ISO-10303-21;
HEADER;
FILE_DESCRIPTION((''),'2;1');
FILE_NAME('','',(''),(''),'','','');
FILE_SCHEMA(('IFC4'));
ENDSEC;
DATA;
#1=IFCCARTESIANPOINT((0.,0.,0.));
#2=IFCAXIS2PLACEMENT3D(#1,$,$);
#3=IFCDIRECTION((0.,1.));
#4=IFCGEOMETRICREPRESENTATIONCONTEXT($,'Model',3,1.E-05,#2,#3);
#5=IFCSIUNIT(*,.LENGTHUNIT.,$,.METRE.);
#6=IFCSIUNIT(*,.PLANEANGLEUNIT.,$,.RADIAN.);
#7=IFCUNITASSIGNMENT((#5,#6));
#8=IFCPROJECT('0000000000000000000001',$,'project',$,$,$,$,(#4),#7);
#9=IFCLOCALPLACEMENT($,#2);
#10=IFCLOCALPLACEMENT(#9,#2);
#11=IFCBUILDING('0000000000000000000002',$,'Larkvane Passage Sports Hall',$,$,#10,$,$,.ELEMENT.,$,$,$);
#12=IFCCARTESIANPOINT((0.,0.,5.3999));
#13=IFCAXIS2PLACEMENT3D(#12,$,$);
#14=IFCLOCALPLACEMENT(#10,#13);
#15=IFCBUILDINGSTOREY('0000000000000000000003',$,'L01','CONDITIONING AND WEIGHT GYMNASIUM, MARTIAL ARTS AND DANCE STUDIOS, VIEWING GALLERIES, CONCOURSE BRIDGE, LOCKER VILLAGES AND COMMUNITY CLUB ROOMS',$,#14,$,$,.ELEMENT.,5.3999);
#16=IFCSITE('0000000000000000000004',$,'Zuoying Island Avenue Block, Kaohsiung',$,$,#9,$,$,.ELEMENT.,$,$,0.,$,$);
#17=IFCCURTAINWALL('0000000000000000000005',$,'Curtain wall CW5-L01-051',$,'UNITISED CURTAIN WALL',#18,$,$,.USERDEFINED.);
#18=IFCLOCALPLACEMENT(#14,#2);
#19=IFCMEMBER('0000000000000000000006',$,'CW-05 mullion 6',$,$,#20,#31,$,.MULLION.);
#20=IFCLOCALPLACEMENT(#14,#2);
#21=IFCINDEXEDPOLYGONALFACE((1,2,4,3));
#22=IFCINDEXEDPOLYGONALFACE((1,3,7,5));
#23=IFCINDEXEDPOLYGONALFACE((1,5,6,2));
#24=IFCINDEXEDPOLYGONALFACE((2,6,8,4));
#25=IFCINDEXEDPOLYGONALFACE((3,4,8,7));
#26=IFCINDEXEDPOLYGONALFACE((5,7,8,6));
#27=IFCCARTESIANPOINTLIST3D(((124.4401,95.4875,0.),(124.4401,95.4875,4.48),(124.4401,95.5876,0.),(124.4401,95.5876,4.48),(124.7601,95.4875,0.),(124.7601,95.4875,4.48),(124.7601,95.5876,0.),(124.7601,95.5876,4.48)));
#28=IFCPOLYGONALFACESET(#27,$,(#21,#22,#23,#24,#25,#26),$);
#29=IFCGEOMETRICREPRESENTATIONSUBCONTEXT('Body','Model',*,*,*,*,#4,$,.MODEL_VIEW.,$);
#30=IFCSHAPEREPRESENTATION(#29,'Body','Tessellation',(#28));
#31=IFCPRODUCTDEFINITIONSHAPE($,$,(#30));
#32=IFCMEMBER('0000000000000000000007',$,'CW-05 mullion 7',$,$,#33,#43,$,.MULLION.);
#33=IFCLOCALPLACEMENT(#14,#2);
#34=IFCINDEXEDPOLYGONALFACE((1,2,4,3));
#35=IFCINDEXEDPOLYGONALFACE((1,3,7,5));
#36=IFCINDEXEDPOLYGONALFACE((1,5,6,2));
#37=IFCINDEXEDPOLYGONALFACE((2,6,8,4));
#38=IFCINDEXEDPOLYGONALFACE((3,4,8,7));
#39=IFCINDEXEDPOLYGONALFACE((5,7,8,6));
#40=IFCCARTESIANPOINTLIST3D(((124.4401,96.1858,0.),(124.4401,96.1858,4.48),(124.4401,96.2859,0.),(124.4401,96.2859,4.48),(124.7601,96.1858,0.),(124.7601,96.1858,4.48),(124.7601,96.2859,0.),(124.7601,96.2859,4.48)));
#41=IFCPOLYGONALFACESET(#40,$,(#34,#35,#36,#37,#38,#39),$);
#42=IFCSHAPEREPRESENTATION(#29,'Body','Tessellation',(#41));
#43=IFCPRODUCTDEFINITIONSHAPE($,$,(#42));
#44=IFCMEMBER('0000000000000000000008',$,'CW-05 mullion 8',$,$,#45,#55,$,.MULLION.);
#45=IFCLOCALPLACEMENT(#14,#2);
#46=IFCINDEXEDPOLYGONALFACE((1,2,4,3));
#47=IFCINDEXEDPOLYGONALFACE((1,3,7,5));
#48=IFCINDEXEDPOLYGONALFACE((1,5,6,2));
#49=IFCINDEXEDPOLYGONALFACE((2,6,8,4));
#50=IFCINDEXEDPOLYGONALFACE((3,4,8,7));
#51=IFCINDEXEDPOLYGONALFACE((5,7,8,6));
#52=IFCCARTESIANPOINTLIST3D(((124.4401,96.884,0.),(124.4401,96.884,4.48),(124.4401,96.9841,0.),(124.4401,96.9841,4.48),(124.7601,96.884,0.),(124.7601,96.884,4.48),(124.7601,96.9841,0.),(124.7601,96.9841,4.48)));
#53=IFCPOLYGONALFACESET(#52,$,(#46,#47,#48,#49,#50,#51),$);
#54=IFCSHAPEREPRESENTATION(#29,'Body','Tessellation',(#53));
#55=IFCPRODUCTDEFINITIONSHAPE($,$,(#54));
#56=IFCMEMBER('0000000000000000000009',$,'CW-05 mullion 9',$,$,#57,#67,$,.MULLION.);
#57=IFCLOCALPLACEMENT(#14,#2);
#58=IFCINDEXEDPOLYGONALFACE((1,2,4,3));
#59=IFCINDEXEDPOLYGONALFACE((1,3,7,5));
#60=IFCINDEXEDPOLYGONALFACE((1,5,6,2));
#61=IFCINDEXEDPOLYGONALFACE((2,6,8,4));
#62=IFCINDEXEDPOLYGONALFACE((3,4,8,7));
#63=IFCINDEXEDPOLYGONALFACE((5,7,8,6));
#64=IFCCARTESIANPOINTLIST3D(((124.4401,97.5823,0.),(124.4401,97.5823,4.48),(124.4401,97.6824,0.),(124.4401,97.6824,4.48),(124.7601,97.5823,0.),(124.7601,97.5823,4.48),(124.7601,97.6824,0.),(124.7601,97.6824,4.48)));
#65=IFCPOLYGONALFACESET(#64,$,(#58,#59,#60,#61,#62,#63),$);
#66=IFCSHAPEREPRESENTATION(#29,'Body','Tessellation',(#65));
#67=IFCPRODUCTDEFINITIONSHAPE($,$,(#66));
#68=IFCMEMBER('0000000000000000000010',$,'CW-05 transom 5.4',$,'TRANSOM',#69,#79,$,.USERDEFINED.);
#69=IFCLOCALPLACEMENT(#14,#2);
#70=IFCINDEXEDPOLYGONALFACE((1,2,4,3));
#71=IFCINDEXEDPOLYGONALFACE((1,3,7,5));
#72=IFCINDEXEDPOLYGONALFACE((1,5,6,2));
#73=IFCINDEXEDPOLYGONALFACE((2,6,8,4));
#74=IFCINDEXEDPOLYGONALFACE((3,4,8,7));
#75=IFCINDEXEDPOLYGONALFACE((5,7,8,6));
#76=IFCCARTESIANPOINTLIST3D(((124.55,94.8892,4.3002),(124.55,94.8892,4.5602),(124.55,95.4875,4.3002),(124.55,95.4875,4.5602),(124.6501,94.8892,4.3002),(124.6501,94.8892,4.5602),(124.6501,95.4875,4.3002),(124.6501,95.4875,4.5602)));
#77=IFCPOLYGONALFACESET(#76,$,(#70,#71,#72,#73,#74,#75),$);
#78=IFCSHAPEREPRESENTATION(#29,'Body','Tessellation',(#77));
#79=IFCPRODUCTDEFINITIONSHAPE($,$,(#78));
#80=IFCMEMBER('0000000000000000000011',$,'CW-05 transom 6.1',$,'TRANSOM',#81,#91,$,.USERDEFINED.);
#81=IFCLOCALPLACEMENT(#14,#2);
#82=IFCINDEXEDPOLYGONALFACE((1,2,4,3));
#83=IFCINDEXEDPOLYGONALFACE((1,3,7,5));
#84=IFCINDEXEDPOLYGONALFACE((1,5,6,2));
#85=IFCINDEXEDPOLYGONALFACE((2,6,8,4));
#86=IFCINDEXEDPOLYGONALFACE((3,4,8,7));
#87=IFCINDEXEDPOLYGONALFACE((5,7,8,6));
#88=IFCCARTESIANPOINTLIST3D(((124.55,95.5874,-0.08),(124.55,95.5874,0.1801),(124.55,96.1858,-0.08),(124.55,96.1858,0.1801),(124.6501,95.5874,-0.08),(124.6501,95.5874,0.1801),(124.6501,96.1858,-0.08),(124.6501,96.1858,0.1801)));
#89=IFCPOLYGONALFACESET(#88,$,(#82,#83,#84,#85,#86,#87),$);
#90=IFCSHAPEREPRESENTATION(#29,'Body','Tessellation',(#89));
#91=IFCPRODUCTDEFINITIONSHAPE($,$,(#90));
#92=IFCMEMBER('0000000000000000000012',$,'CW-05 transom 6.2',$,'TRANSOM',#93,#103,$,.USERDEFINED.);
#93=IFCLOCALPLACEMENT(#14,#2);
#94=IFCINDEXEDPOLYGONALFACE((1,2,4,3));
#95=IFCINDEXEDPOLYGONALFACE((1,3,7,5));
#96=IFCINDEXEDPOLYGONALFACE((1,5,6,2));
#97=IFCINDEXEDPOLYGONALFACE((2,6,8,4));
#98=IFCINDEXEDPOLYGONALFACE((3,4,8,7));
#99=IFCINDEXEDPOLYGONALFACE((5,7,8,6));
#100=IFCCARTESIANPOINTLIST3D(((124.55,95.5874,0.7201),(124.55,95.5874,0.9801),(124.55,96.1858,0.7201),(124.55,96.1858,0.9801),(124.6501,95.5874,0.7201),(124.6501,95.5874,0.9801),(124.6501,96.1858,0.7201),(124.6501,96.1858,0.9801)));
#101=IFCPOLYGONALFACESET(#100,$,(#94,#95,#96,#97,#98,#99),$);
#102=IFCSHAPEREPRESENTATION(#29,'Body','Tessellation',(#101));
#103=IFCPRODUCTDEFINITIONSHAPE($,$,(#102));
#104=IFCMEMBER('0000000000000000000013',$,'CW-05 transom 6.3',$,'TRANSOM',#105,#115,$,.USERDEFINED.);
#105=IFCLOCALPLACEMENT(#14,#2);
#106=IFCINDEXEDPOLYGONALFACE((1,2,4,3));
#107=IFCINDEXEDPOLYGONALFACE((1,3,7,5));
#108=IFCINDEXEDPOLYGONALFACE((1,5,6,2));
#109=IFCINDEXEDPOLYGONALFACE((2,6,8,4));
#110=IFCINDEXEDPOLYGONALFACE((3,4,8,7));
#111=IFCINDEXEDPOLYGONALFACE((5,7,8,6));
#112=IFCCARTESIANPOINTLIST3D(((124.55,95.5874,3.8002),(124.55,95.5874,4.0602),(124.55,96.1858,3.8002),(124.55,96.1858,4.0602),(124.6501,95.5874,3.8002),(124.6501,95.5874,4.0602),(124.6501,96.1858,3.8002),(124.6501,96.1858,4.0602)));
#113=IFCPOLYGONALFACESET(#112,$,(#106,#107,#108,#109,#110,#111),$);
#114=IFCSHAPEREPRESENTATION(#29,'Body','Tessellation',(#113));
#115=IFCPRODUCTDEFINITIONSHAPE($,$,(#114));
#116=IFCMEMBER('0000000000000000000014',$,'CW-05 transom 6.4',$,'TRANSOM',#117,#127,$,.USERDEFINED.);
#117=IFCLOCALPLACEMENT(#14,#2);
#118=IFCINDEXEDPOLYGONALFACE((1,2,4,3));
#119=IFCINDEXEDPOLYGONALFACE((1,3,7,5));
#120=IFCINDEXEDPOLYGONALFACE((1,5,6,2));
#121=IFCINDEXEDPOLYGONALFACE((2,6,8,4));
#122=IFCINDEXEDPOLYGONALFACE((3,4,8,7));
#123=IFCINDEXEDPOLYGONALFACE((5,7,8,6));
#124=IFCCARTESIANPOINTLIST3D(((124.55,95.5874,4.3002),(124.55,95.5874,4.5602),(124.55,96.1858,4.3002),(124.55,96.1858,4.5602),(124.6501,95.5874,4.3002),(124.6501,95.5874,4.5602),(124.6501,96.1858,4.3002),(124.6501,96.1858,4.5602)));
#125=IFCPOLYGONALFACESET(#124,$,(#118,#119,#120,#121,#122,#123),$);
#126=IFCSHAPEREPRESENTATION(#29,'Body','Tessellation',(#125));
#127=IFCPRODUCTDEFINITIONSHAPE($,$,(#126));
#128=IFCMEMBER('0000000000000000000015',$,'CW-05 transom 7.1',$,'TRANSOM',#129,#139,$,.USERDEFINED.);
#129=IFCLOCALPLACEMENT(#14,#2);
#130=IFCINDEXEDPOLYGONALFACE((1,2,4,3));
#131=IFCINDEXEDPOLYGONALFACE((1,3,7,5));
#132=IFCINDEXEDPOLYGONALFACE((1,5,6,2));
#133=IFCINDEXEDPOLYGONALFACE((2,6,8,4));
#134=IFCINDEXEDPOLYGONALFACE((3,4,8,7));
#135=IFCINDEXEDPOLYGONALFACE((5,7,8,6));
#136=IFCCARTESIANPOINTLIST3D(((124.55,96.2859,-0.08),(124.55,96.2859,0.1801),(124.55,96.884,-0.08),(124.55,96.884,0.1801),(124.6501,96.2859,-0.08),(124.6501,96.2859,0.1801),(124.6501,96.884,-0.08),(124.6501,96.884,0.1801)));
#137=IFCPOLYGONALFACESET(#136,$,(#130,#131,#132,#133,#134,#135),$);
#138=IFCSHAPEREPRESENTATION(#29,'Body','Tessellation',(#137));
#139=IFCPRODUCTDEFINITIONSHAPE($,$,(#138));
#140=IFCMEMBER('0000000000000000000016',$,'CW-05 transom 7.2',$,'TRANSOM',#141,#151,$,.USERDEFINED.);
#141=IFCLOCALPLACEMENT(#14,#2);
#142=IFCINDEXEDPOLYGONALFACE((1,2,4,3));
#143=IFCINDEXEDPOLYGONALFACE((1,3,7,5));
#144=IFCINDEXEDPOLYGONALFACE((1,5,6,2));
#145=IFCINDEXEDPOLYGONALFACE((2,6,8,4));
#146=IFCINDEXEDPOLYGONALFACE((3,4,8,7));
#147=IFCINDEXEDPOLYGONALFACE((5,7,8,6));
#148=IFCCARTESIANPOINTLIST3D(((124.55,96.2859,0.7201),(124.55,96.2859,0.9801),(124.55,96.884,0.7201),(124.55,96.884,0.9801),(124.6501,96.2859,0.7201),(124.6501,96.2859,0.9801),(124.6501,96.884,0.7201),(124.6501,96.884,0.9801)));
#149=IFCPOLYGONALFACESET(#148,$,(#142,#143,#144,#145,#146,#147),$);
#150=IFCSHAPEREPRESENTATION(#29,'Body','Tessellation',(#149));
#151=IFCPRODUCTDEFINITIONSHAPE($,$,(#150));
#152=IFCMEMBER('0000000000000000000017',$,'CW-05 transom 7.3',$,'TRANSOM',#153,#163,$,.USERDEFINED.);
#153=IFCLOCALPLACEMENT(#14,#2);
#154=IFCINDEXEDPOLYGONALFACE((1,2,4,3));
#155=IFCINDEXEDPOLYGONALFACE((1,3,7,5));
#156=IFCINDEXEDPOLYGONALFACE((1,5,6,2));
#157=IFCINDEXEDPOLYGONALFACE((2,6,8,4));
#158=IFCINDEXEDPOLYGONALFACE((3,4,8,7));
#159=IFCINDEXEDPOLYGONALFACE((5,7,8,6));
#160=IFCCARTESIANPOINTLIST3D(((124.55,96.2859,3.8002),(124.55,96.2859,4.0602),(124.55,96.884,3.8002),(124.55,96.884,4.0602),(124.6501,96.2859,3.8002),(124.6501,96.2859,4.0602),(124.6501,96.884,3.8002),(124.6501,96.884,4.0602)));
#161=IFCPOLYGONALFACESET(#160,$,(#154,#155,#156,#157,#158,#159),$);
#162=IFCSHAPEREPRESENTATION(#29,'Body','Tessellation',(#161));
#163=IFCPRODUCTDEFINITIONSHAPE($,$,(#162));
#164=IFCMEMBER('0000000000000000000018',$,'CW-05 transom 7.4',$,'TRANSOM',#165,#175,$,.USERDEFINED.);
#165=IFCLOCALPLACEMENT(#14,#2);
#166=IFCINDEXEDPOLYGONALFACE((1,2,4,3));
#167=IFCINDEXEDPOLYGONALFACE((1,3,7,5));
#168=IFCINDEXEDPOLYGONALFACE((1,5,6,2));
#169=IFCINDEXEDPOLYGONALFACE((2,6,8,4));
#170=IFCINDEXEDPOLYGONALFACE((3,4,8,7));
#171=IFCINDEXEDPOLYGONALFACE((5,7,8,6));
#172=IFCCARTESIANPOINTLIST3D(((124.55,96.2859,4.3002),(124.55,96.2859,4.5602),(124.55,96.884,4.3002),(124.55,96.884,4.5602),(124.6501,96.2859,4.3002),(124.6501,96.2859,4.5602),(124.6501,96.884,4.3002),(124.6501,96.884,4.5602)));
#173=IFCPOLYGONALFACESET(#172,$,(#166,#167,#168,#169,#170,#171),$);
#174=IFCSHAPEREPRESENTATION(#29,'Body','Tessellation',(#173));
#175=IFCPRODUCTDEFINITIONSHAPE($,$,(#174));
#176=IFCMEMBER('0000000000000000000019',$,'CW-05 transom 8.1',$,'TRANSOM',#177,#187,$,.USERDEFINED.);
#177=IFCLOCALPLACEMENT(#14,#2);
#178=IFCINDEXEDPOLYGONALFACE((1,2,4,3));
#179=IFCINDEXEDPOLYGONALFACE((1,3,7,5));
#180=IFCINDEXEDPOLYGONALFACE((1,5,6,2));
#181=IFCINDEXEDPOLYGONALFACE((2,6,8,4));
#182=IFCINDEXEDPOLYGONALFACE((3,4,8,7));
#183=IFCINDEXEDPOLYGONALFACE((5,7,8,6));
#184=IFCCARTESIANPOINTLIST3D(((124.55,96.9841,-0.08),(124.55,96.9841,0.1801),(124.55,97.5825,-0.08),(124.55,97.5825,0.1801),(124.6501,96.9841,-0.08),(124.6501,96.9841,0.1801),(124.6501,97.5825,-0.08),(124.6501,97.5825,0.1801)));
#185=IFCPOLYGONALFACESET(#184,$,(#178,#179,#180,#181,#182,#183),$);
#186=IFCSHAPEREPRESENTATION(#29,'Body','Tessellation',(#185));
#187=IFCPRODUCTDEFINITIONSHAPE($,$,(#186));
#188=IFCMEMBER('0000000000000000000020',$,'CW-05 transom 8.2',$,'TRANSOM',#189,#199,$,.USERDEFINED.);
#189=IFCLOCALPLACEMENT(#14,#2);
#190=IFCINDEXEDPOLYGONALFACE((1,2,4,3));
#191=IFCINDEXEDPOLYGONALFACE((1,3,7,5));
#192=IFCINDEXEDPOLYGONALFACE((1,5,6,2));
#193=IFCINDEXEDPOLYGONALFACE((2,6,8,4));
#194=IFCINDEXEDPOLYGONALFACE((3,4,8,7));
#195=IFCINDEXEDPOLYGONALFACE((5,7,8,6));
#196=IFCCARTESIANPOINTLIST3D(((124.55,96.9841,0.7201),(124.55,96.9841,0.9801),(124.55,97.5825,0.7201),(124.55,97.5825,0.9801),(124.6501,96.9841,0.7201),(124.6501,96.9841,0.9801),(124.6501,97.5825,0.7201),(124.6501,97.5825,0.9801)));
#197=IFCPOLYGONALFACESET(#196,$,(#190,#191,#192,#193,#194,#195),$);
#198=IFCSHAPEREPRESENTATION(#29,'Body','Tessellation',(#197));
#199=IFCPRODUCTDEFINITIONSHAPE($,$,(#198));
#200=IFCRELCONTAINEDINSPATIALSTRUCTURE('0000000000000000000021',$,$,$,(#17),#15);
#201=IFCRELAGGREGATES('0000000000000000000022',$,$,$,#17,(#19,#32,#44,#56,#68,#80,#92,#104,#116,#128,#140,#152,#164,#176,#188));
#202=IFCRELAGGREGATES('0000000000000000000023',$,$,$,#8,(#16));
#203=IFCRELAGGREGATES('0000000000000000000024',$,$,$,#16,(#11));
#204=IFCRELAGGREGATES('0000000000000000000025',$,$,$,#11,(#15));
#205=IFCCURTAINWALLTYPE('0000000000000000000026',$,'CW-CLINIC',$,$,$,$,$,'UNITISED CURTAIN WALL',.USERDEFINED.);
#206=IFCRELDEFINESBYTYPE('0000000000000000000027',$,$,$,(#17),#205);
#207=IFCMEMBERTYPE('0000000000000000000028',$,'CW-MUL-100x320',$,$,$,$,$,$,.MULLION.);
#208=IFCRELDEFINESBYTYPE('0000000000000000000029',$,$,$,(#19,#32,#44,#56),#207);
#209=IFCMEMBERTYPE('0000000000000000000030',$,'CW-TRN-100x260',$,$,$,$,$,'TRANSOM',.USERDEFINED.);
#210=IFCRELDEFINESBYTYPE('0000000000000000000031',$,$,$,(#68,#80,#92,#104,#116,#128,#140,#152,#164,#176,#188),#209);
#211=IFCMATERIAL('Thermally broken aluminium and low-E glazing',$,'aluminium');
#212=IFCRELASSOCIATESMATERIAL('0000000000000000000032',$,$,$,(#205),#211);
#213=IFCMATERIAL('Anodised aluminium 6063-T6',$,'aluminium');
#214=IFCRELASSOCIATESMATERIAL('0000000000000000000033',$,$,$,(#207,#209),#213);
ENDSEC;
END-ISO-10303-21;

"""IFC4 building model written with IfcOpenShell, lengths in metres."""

from ifc_helpers import new_model, si_unit, direction, frame, origin, origin_2d, place, context, subcontext, project, spatial, rectangle, extrude, material, material_profile, profile_set, type_object, element, aggregate, save


model = new_model("IFC4")

# Units and contexts
model_context = context("Model", 3, precision=1e-05, world=origin(), true_north=direction((0.0, 1.0)))
body_context = subcontext(model_context, "Body", "Model", "MODEL_VIEW")
ifc_project = project(units=[si_unit("LENGTHUNIT", "METRE"), si_unit("PLANEANGLEUNIT", "RADIAN")], contexts=[model_context])

# Site, building, storey
site_placement = place(None, origin())
site = spatial("IfcSite", under=ifc_project, at=site_placement, Name="Zuoying Island Avenue Block, Kaohsiung", CompositionType="ELEMENT", RefElevation=0.0)
building_placement = place(site_placement, origin())
building = spatial("IfcBuilding", under=site, at=building_placement, Name="Larkvane Passage Sports Hall", CompositionType="ELEMENT")
storey_placement = place(building_placement, frame((0.0, 0.0, 5.3999)))
storey = spatial("IfcBuildingStorey", under=building, at=storey_placement, Name="L01", Description="CONDITIONING AND WEIGHT GYMNASIUM, MARTIAL ARTS AND DANCE STUDIOS, VIEWING GALLERIES, CONCOURSE BRIDGE, LOCKER VILLAGES AND COMMUNITY CLUB ROOMS", CompositionType="ELEMENT", Elevation=5.3999)

# Curtain wall, members
ifc_material_1 = material(Name="Thermally broken aluminium and low-E glazing", Category="aluminium")
curtain_wall_type = type_object("IfcCurtainWallType", Name="CW-CLINIC", ElementType="UNITISED CURTAIN WALL", PredefinedType="USERDEFINED", material=ifc_material_1)
curtain_wall_placement = place(storey_placement, origin())
curtain_wall = element("IfcCurtainWall", 1, at=curtain_wall_placement, inside=storey, type_object=curtain_wall_type, Name="Curtain wall CW5-L01-051", ObjectType="UNITISED CURTAIN WALL", PredefinedType="USERDEFINED")
ifc_material_2 = material(Name="Anodised aluminium 6063-T6", Category="aluminium")
ifc_material_profile_1 = material_profile(ifc_material_2, rectangle(XDim=0.1001, YDim=0.3201, at=origin_2d()), Name="ALU-MUL-100x320")
ifc_profile_set_1 = profile_set([ifc_material_profile_1], Name="Anodised aluminium 6063-T6")
member_type_1 = type_object("IfcMemberType", Name="CW-MUL-100x320", PredefinedType="MULLION", material=ifc_profile_set_1)
member_1_placement = place(storey_placement, frame((124.6001, 95.5376, 0.0), z_axis=(0.0, 0.0, 1.0), x_axis=(0.0, 1.0, 0.0)))
member_1 = element("IfcMember", 2, at=member_1_placement, type_object=member_type_1, Name="CW-05 mullion 6", PredefinedType="MULLION", context=body_context, shape_type="SweptSolid", body=[
    extrude(rectangle(XDim=0.1001, YDim=0.3201, at=origin_2d()), origin(), (0.0, 0.0, 1.0), 4.48),
])
member_2_placement = place(storey_placement, frame((124.6001, 96.2358, 0.0), z_axis=(0.0, 0.0, 1.0), x_axis=(0.0, 1.0, 0.0)))
member_2 = element("IfcMember", 3, at=member_2_placement, type_object=member_type_1, Name="CW-05 mullion 7", PredefinedType="MULLION", context=body_context, shape_type="SweptSolid", body=[
    extrude(rectangle(XDim=0.1001, YDim=0.3201, at=origin_2d()), origin(), (0.0, 0.0, 1.0), 4.48),
])
member_3_placement = place(storey_placement, frame((124.6001, 96.9341, 0.0), z_axis=(0.0, 0.0, 1.0), x_axis=(0.0, 1.0, 0.0)))
member_3 = element("IfcMember", 4, at=member_3_placement, type_object=member_type_1, Name="CW-05 mullion 8", PredefinedType="MULLION", context=body_context, shape_type="SweptSolid", body=[
    extrude(rectangle(XDim=0.1001, YDim=0.3201, at=origin_2d()), origin(), (0.0, 0.0, 1.0), 4.48),
])
member_4_placement = place(storey_placement, frame((124.6001, 97.6323, 0.0), z_axis=(0.0, 0.0, 1.0), x_axis=(0.0, 1.0, 0.0)))
member_4 = element("IfcMember", 5, at=member_4_placement, type_object=member_type_1, Name="CW-05 mullion 9", PredefinedType="MULLION", context=body_context, shape_type="SweptSolid", body=[
    extrude(rectangle(XDim=0.1001, YDim=0.3201, at=origin_2d()), origin(), (0.0, 0.0, 1.0), 4.48),
])
ifc_material_profile_2 = material_profile(ifc_material_2, rectangle(XDim=0.1001, YDim=0.26, at=origin_2d()), Name="ALU-TRN-100x260")
ifc_profile_set_2 = profile_set([ifc_material_profile_2], Name="Anodised aluminium 6063-T6")
member_type_2 = type_object("IfcMemberType", Name="CW-TRN-100x260", ElementType="TRANSOM", PredefinedType="USERDEFINED", material=ifc_profile_set_2)
member_5_placement = place(storey_placement, frame((124.6001, 94.8892, 4.4302), z_axis=(0.0, 1.0, 0.0), x_axis=(-1.0, 0.0, 0.0)))
member_5 = element("IfcMember", 6, at=member_5_placement, type_object=member_type_2, Name="CW-05 transom 5.4", ObjectType="TRANSOM", PredefinedType="USERDEFINED", context=body_context, shape_type="SweptSolid", body=[
    extrude(rectangle(XDim=0.1001, YDim=0.26, at=origin_2d()), origin(), (0.0, 0.0, 1.0), 0.5984),
])
member_6_placement = place(storey_placement, frame((124.6001, 95.5874, 0.05), z_axis=(0.0, 1.0, 0.0), x_axis=(-1.0, 0.0, 0.0)))
member_6 = element("IfcMember", 7, at=member_6_placement, type_object=member_type_2, Name="CW-05 transom 6.1", ObjectType="TRANSOM", PredefinedType="USERDEFINED", context=body_context, shape_type="SweptSolid", body=[
    extrude(rectangle(XDim=0.1001, YDim=0.26, at=origin_2d()), origin(), (0.0, 0.0, 1.0), 0.5984),
])
member_7_placement = place(storey_placement, frame((124.6001, 95.5874, 0.8501), z_axis=(0.0, 1.0, 0.0), x_axis=(-1.0, 0.0, 0.0)))
member_7 = element("IfcMember", 8, at=member_7_placement, type_object=member_type_2, Name="CW-05 transom 6.2", ObjectType="TRANSOM", PredefinedType="USERDEFINED", context=body_context, shape_type="SweptSolid", body=[
    extrude(rectangle(XDim=0.1001, YDim=0.26, at=origin_2d()), origin(), (0.0, 0.0, 1.0), 0.5984),
])
member_8_placement = place(storey_placement, frame((124.6001, 95.5874, 3.9302), z_axis=(0.0, 1.0, 0.0), x_axis=(-1.0, 0.0, 0.0)))
member_8 = element("IfcMember", 9, at=member_8_placement, type_object=member_type_2, Name="CW-05 transom 6.3", ObjectType="TRANSOM", PredefinedType="USERDEFINED", context=body_context, shape_type="SweptSolid", body=[
    extrude(rectangle(XDim=0.1001, YDim=0.26, at=origin_2d()), origin(), (0.0, 0.0, 1.0), 0.5984),
])
member_9_placement = place(storey_placement, frame((124.6001, 95.5874, 4.4302), z_axis=(0.0, 1.0, 0.0), x_axis=(-1.0, 0.0, 0.0)))
member_9 = element("IfcMember", 10, at=member_9_placement, type_object=member_type_2, Name="CW-05 transom 6.4", ObjectType="TRANSOM", PredefinedType="USERDEFINED", context=body_context, shape_type="SweptSolid", body=[
    extrude(rectangle(XDim=0.1001, YDim=0.26, at=origin_2d()), origin(), (0.0, 0.0, 1.0), 0.5984),
])
member_10_placement = place(storey_placement, frame((124.6001, 96.2859, 0.05), z_axis=(0.0, 1.0, 0.0), x_axis=(-1.0, 0.0, 0.0)))
member_10 = element("IfcMember", 11, at=member_10_placement, type_object=member_type_2, Name="CW-05 transom 7.1", ObjectType="TRANSOM", PredefinedType="USERDEFINED", context=body_context, shape_type="SweptSolid", body=[
    extrude(rectangle(XDim=0.1001, YDim=0.26, at=origin_2d()), origin(), (0.0, 0.0, 1.0), 0.5981),
])
member_11_placement = place(storey_placement, frame((124.6001, 96.2859, 0.8501), z_axis=(0.0, 1.0, 0.0), x_axis=(-1.0, 0.0, 0.0)))
member_11 = element("IfcMember", 12, at=member_11_placement, type_object=member_type_2, Name="CW-05 transom 7.2", ObjectType="TRANSOM", PredefinedType="USERDEFINED", context=body_context, shape_type="SweptSolid", body=[
    extrude(rectangle(XDim=0.1001, YDim=0.26, at=origin_2d()), origin(), (0.0, 0.0, 1.0), 0.5981),
])
member_12_placement = place(storey_placement, frame((124.6001, 96.2859, 3.9302), z_axis=(0.0, 1.0, 0.0), x_axis=(-1.0, 0.0, 0.0)))
member_12 = element("IfcMember", 13, at=member_12_placement, type_object=member_type_2, Name="CW-05 transom 7.3", ObjectType="TRANSOM", PredefinedType="USERDEFINED", context=body_context, shape_type="SweptSolid", body=[
    extrude(rectangle(XDim=0.1001, YDim=0.26, at=origin_2d()), origin(), (0.0, 0.0, 1.0), 0.5981),
])
member_13_placement = place(storey_placement, frame((124.6001, 96.2859, 4.4302), z_axis=(0.0, 1.0, 0.0), x_axis=(-1.0, 0.0, 0.0)))
member_13 = element("IfcMember", 14, at=member_13_placement, type_object=member_type_2, Name="CW-05 transom 7.4", ObjectType="TRANSOM", PredefinedType="USERDEFINED", context=body_context, shape_type="SweptSolid", body=[
    extrude(rectangle(XDim=0.1001, YDim=0.26, at=origin_2d()), origin(), (0.0, 0.0, 1.0), 0.5981),
])
member_14_placement = place(storey_placement, frame((124.6001, 96.9841, 0.05), z_axis=(0.0, 1.0, 0.0), x_axis=(-1.0, 0.0, 0.0)))
member_14 = element("IfcMember", 15, at=member_14_placement, type_object=member_type_2, Name="CW-05 transom 8.1", ObjectType="TRANSOM", PredefinedType="USERDEFINED", context=body_context, shape_type="SweptSolid", body=[
    extrude(rectangle(XDim=0.1001, YDim=0.26, at=origin_2d()), origin(), (0.0, 0.0, 1.0), 0.5984),
])
member_15_placement = place(storey_placement, frame((124.6001, 96.9841, 0.8501), z_axis=(0.0, 1.0, 0.0), x_axis=(-1.0, 0.0, 0.0)))
member_15 = element("IfcMember", 16, at=member_15_placement, type_object=member_type_2, Name="CW-05 transom 8.2", ObjectType="TRANSOM", PredefinedType="USERDEFINED", context=body_context, shape_type="SweptSolid", body=[
    extrude(rectangle(XDim=0.1001, YDim=0.26, at=origin_2d()), origin(), (0.0, 0.0, 1.0), 0.5984),
])
aggregate(curtain_wall, [member_1, member_2, member_3, member_4, member_5, member_6, member_7, member_8, member_9, member_10, member_11, member_12, member_13, member_14, member_15])

save(model, "model.ifc")
